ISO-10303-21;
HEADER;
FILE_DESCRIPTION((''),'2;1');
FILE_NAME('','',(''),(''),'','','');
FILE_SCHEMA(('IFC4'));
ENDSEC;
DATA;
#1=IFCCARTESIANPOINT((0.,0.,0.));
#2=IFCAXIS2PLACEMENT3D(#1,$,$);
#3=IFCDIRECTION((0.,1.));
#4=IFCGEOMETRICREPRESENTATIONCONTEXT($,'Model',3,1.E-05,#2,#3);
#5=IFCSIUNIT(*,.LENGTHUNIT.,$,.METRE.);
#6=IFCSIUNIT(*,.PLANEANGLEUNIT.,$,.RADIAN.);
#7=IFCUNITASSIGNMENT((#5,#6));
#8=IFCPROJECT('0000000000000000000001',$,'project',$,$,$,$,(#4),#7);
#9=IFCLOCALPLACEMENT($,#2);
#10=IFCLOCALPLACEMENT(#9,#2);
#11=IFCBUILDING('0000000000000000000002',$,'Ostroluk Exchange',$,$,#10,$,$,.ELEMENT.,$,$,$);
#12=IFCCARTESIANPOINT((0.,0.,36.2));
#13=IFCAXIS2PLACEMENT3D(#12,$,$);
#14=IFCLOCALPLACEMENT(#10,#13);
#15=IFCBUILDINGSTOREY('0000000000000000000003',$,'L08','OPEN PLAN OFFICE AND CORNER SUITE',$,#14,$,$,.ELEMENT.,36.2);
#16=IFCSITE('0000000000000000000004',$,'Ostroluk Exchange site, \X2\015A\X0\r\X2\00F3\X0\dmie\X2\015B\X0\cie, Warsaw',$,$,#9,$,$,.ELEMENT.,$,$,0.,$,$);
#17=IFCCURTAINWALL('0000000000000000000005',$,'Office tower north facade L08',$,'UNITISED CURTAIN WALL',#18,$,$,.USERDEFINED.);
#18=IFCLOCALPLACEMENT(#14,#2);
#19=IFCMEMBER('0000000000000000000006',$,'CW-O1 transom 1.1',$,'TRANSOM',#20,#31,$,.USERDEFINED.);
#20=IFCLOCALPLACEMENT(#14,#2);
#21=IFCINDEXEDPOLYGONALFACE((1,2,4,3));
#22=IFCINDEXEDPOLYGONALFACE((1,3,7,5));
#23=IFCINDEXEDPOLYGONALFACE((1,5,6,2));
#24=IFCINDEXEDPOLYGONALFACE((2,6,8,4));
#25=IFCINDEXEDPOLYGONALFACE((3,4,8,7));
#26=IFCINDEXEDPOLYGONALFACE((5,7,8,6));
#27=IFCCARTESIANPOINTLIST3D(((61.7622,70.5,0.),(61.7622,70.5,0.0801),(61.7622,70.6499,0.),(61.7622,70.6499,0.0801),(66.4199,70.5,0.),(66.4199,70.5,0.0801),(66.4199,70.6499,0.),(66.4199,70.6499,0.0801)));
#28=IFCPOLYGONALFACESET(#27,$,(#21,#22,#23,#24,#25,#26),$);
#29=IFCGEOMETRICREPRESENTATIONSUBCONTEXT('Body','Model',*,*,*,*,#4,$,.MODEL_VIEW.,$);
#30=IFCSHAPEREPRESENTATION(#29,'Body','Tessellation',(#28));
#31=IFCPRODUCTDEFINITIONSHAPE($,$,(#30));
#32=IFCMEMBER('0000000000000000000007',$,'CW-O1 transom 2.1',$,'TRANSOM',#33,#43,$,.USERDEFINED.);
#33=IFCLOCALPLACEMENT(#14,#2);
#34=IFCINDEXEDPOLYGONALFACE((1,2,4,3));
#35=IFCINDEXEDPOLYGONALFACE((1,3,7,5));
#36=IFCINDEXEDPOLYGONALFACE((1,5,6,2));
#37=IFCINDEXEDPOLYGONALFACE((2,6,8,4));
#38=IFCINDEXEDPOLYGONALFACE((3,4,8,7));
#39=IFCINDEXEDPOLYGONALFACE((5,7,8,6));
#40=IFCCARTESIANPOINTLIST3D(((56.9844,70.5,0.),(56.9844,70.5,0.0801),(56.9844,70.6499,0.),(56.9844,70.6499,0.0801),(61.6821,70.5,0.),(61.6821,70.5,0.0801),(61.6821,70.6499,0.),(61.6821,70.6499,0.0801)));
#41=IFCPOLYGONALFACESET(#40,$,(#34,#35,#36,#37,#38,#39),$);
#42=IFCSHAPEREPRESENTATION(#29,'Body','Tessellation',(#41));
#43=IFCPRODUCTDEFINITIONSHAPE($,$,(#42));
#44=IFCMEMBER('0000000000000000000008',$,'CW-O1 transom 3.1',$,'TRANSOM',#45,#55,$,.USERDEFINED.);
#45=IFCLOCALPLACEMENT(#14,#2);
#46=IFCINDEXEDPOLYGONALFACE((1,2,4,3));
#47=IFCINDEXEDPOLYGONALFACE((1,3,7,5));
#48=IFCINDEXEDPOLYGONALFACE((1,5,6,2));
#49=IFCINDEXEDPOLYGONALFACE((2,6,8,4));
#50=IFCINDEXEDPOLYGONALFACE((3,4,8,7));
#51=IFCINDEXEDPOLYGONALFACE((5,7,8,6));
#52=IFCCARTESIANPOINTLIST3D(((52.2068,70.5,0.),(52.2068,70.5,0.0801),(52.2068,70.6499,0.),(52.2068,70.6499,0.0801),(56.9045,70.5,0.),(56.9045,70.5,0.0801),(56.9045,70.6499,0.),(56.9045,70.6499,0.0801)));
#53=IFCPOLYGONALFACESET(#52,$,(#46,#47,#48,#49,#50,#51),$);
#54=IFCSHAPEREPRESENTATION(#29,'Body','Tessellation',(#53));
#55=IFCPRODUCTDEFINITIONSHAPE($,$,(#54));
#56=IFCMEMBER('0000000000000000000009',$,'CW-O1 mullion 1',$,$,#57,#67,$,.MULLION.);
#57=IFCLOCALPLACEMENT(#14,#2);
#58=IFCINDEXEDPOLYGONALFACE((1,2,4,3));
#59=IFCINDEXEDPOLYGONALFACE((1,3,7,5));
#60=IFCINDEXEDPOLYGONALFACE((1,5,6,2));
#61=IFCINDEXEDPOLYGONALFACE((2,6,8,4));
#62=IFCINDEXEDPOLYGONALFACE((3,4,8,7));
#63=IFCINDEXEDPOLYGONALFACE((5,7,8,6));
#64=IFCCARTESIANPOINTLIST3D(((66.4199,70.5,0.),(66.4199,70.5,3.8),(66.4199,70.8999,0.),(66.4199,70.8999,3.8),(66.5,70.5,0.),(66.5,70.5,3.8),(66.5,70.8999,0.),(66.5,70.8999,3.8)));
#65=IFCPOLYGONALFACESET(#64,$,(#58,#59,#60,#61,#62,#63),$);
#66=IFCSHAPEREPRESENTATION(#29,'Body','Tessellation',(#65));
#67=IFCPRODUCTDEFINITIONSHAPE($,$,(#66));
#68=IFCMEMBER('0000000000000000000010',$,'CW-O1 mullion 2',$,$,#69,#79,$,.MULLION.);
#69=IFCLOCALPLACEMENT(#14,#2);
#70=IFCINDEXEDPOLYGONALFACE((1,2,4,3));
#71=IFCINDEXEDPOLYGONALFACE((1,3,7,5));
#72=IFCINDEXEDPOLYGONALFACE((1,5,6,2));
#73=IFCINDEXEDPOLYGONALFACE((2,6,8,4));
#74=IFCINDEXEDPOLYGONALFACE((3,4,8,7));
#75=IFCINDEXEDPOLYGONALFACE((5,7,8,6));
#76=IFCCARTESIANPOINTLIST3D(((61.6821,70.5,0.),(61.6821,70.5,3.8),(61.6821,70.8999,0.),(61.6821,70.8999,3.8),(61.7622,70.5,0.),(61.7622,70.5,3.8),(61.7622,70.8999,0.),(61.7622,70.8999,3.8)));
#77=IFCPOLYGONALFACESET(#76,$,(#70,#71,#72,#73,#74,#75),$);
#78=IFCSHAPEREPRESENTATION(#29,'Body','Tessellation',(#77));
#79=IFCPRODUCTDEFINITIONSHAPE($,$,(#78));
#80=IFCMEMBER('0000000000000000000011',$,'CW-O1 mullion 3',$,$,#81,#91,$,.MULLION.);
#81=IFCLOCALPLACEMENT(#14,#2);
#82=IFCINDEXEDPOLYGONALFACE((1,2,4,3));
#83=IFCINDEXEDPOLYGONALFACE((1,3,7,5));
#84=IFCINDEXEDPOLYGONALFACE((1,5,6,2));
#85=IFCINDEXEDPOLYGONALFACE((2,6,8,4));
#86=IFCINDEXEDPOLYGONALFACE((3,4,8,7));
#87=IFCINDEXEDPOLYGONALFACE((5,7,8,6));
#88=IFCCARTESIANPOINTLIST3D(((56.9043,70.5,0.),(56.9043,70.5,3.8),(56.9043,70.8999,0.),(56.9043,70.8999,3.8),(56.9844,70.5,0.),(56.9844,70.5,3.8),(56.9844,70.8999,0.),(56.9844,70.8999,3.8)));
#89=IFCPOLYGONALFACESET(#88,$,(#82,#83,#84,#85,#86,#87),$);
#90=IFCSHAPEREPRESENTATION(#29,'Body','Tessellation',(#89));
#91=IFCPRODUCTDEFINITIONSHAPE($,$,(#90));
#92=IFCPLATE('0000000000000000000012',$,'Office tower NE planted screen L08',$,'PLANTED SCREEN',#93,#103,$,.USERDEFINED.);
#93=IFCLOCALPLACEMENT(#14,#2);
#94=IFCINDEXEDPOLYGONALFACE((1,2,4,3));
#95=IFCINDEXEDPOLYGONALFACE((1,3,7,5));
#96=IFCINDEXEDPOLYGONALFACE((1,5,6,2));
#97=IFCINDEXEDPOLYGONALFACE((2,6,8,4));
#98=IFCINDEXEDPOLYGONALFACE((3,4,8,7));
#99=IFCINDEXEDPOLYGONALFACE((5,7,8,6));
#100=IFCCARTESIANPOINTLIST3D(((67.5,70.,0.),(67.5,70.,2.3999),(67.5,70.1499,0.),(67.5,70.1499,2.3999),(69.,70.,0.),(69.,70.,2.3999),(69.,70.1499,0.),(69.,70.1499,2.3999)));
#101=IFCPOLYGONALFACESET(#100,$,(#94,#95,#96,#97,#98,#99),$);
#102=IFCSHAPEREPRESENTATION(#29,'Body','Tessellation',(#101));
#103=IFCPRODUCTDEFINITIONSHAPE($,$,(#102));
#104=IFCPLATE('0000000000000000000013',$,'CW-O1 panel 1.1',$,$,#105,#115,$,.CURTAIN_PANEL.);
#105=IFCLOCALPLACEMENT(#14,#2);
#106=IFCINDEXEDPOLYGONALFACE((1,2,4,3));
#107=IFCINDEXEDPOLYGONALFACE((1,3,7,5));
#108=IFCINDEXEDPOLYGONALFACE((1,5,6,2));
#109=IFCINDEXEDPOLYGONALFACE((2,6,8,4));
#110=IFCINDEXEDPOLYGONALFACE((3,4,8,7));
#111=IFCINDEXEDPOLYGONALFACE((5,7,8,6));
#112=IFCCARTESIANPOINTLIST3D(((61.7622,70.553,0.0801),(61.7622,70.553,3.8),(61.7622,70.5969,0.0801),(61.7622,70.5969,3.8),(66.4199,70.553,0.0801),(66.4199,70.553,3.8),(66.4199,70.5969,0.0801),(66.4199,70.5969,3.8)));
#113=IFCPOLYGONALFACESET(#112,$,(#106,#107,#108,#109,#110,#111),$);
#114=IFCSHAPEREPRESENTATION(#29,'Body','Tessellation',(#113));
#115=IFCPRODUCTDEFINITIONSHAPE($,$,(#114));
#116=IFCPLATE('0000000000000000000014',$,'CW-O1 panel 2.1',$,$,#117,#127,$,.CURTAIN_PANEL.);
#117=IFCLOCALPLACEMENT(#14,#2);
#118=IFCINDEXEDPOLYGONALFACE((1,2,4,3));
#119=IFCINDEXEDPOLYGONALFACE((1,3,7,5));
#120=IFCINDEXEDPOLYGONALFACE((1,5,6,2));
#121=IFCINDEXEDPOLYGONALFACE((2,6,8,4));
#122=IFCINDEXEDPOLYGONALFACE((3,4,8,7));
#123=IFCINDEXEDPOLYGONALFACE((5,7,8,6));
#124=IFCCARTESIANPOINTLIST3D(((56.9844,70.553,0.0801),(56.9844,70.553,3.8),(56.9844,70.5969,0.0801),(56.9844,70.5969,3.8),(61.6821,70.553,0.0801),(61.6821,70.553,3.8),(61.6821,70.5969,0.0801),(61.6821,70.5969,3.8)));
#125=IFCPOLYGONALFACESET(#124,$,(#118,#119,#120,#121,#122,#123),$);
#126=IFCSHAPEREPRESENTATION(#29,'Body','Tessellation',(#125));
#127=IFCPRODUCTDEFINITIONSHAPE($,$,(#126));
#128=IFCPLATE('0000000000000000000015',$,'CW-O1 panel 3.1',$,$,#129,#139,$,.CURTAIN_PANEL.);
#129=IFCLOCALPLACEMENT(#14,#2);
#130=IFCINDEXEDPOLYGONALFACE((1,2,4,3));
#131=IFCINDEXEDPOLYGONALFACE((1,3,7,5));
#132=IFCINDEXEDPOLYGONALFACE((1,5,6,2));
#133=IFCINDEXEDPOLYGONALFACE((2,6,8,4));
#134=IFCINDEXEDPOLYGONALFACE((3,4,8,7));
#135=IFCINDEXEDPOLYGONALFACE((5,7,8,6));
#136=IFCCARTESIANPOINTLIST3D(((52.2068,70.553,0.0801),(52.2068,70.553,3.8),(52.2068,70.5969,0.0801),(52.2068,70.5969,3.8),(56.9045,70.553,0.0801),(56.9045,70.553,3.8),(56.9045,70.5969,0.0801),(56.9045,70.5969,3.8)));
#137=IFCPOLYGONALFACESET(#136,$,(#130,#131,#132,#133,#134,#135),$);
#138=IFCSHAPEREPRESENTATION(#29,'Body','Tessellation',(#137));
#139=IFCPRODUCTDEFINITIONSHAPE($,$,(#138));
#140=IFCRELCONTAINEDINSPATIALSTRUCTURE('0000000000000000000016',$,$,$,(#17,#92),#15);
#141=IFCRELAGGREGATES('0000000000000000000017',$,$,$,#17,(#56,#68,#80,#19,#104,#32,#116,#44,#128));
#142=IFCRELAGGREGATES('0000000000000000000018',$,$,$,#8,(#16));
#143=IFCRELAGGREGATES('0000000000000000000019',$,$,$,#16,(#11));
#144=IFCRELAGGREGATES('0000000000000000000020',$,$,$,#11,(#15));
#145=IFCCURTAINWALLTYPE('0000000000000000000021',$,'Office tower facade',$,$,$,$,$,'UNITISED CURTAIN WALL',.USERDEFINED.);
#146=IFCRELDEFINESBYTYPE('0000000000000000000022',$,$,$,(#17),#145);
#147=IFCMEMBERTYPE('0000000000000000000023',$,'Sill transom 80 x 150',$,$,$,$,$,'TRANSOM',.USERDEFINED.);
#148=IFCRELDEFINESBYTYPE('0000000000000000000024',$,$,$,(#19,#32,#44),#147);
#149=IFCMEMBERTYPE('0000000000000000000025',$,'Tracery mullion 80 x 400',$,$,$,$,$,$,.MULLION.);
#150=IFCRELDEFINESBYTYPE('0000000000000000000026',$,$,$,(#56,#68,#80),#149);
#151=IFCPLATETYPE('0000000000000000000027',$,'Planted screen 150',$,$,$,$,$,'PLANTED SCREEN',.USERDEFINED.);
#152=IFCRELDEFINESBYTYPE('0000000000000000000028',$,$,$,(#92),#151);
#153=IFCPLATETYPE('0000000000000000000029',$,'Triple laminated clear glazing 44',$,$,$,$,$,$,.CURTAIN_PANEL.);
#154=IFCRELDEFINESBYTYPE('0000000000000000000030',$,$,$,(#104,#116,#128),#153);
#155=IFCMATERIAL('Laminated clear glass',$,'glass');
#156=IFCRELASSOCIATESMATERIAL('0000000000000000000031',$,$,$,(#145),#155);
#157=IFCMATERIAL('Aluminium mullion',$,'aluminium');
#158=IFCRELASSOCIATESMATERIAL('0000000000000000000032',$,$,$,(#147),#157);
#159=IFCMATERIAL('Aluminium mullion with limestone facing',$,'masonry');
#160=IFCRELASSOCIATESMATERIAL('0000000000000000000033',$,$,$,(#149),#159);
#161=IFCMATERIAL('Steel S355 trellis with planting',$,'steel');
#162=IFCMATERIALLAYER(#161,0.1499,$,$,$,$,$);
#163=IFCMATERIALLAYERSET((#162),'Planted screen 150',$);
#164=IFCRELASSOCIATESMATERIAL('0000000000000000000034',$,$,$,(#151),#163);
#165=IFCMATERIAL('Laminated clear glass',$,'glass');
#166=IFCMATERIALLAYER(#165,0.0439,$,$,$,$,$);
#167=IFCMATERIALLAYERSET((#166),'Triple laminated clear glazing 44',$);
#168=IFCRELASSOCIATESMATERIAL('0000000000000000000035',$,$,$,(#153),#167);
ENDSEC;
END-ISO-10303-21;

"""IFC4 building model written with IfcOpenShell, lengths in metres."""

from ifc_helpers import new_model, si_unit, direction, frame, origin, origin_2d, place, context, subcontext, project, spatial, rectangle, extrude, material, layer, layer_set, material_profile, profile_set, type_object, element, aggregate, save


model = new_model("IFC4")

# Units and contexts
model_context = context("Model", 3, precision=1e-05, world=origin(), true_north=direction((0.0, 1.0)))
body_context = subcontext(model_context, "Body", "Model", "MODEL_VIEW")
ifc_project = project(units=[si_unit("LENGTHUNIT", "METRE"), si_unit("PLANEANGLEUNIT", "RADIAN")], contexts=[model_context])

# Site, building, storey
site_placement = place(None, origin())
site = spatial("IfcSite", under=ifc_project, at=site_placement, Name="Ostroluk Exchange site, Śródmieście, Warsaw", CompositionType="ELEMENT", RefElevation=0.0)
building_placement = place(site_placement, origin())
building = spatial("IfcBuilding", under=site, at=building_placement, Name="Ostroluk Exchange", CompositionType="ELEMENT")
storey_placement = place(building_placement, frame((0.0, 0.0, 36.2)))
storey = spatial("IfcBuildingStorey", under=building, at=storey_placement, Name="L08", Description="OPEN PLAN OFFICE AND CORNER SUITE", CompositionType="ELEMENT", Elevation=36.2)

# Curtain wall, members
ifc_material_1 = material(Name="Laminated clear glass", Category="glass")
curtain_wall_type = type_object("IfcCurtainWallType", Name="Office tower facade", ElementType="UNITISED CURTAIN WALL", PredefinedType="USERDEFINED", material=ifc_material_1)
curtain_wall_placement = place(storey_placement, origin())
curtain_wall = element("IfcCurtainWall", 1, at=curtain_wall_placement, inside=storey, type_object=curtain_wall_type, Name="Office tower north facade L08", ObjectType="UNITISED CURTAIN WALL", PredefinedType="USERDEFINED")
ifc_material_2 = material(Name="Aluminium mullion", Category="aluminium")
ifc_material_profile_1 = material_profile(ifc_material_2, rectangle(XDim=0.1499, YDim=0.0801, at=origin_2d()), Name="Sill transom 80 x 150")
ifc_profile_set_1 = profile_set([ifc_material_profile_1], Name="Aluminium mullion")
member_type_1 = type_object("IfcMemberType", Name="Sill transom 80 x 150", ElementType="TRANSOM", PredefinedType="USERDEFINED", material=ifc_profile_set_1)
member_1_placement = place(storey_placement, frame((66.4199, 70.575, 0.04), z_axis=(-1.0, 0.0, 0.0), x_axis=(0.0, -1.0, 0.0)))
member_1 = element("IfcMember", 2, at=member_1_placement, type_object=member_type_1, Name="CW-O1 transom 1.1", ObjectType="TRANSOM", PredefinedType="USERDEFINED", context=body_context, shape_type="SweptSolid", body=[
    extrude(rectangle(XDim=0.1499, YDim=0.0801, at=origin_2d()), origin(), (0.0, 0.0, 1.0), 4.6577),
])
member_2_placement = place(storey_placement, frame((61.6821, 70.575, 0.04), z_axis=(-1.0, 0.0, 0.0), x_axis=(0.0, -1.0, 0.0)))
member_2 = element("IfcMember", 3, at=member_2_placement, type_object=member_type_1, Name="CW-O1 transom 2.1", ObjectType="TRANSOM", PredefinedType="USERDEFINED", context=body_context, shape_type="SweptSolid", body=[
    extrude(rectangle(XDim=0.1499, YDim=0.0801, at=origin_2d()), origin(), (0.0, 0.0, 1.0), 4.6978),
])
member_3_placement = place(storey_placement, frame((56.9045, 70.575, 0.04), z_axis=(-1.0, 0.0, 0.0), x_axis=(0.0, -1.0, 0.0)))
member_3 = element("IfcMember", 4, at=member_3_placement, type_object=member_type_1, Name="CW-O1 transom 3.1", ObjectType="TRANSOM", PredefinedType="USERDEFINED", context=body_context, shape_type="SweptSolid", body=[
    extrude(rectangle(XDim=0.1499, YDim=0.0801, at=origin_2d()), origin(), (0.0, 0.0, 1.0), 4.6978),
])
ifc_material_3 = material(Name="Aluminium mullion with limestone facing", Category="masonry")
ifc_material_profile_2 = material_profile(ifc_material_3, rectangle(XDim=0.3999, YDim=0.0801, at=origin_2d()), Name="Tracery mullion 80 x 400")
ifc_profile_set_2 = profile_set([ifc_material_profile_2], Name="Aluminium mullion with limestone facing")
member_type_2 = type_object("IfcMemberType", Name="Tracery mullion 80 x 400", PredefinedType="MULLION", material=ifc_profile_set_2)
member_4_placement = place(storey_placement, frame((66.46, 70.7, 0.0), z_axis=(0.0, 0.0, 1.0), x_axis=(0.0, -1.0, 0.0)))
member_4 = element("IfcMember", 5, at=member_4_placement, type_object=member_type_2, Name="CW-O1 mullion 1", PredefinedType="MULLION", context=body_context, shape_type="SweptSolid", body=[
    extrude(rectangle(XDim=0.3999, YDim=0.0801, at=origin_2d()), origin(), (0.0, 0.0, 1.0), 3.8),
])
member_5_placement = place(storey_placement, frame((61.7222, 70.7, 0.0), z_axis=(0.0, 0.0, 1.0), x_axis=(0.0, -1.0, 0.0)))
member_5 = element("IfcMember", 6, at=member_5_placement, type_object=member_type_2, Name="CW-O1 mullion 2", PredefinedType="MULLION", context=body_context, shape_type="SweptSolid", body=[
    extrude(rectangle(XDim=0.3999, YDim=0.0801, at=origin_2d()), origin(), (0.0, 0.0, 1.0), 3.8),
])
member_6_placement = place(storey_placement, frame((56.9443, 70.7, 0.0), z_axis=(0.0, 0.0, 1.0), x_axis=(0.0, -1.0, 0.0)))
member_6 = element("IfcMember", 7, at=member_6_placement, type_object=member_type_2, Name="CW-O1 mullion 3", PredefinedType="MULLION", context=body_context, shape_type="SweptSolid", body=[
    extrude(rectangle(XDim=0.3999, YDim=0.0801, at=origin_2d()), origin(), (0.0, 0.0, 1.0), 3.8),
])

# Plates
ifc_material_4 = material(Name="Steel S355 trellis with planting", Category="steel")
ifc_layer_1 = layer(ifc_material_4, 0.1499)
ifc_layer_set_1 = layer_set([ifc_layer_1], Name="Planted screen 150")
plate_type_1 = type_object("IfcPlateType", Name="Planted screen 150", ElementType="PLANTED SCREEN", PredefinedType="USERDEFINED", material=ifc_layer_set_1)
plate_1_placement = place(storey_placement, frame((68.25, 70.075, 0.0), z_axis=(0.0, 0.0, 1.0), x_axis=(1.0, 0.0, 0.0)))
element("IfcPlate", 8, at=plate_1_placement, inside=storey, type_object=plate_type_1, Name="Office tower NE planted screen L08", ObjectType="PLANTED SCREEN", PredefinedType="USERDEFINED", context=body_context, shape_type="SweptSolid", body=[
    extrude(rectangle(XDim=1.5, YDim=0.1499, at=origin_2d()), origin(), (0.0, 0.0, 1.0), 2.3999),
])
ifc_material_5 = material(Name="Laminated clear glass", Category="glass")
ifc_layer_2 = layer(ifc_material_5, 0.0439)
ifc_layer_set_2 = layer_set([ifc_layer_2], Name="Triple laminated clear glazing 44")
plate_type_2 = type_object("IfcPlateType", Name="Triple laminated clear glazing 44", PredefinedType="CURTAIN_PANEL", material=ifc_layer_set_2)
plate_2_placement = place(storey_placement, frame((64.0911, 70.575, 0.0801), z_axis=(0.0, 0.0, 1.0), x_axis=(-1.0, 0.0, 0.0)))
plate_2 = element("IfcPlate", 9, at=plate_2_placement, type_object=plate_type_2, Name="CW-O1 panel 1.1", PredefinedType="CURTAIN_PANEL", context=body_context, shape_type="SweptSolid", body=[
    extrude(rectangle(XDim=4.6577, YDim=0.0439, at=origin_2d()), origin(), (0.0, 0.0, 1.0), 3.72),
])
plate_3_placement = place(storey_placement, frame((59.3333, 70.575, 0.0801), z_axis=(0.0, 0.0, 1.0), x_axis=(-1.0, 0.0, 0.0)))
plate_3 = element("IfcPlate", 10, at=plate_3_placement, type_object=plate_type_2, Name="CW-O1 panel 2.1", PredefinedType="CURTAIN_PANEL", context=body_context, shape_type="SweptSolid", body=[
    extrude(rectangle(XDim=4.6978, YDim=0.0439, at=origin_2d()), origin(), (0.0, 0.0, 1.0), 3.72),
])
plate_4_placement = place(storey_placement, frame((54.5557, 70.575, 0.0801), z_axis=(0.0, 0.0, 1.0), x_axis=(-1.0, 0.0, 0.0)))
plate_4 = element("IfcPlate", 11, at=plate_4_placement, type_object=plate_type_2, Name="CW-O1 panel 3.1", PredefinedType="CURTAIN_PANEL", context=body_context, shape_type="SweptSolid", body=[
    extrude(rectangle(XDim=4.6978, YDim=0.0439, at=origin_2d()), origin(), (0.0, 0.0, 1.0), 3.72),
])
aggregate(curtain_wall, [member_4, member_5, member_6, member_1, plate_2, member_2, plate_3, member_3, plate_4])

save(model, "model.ifc")
